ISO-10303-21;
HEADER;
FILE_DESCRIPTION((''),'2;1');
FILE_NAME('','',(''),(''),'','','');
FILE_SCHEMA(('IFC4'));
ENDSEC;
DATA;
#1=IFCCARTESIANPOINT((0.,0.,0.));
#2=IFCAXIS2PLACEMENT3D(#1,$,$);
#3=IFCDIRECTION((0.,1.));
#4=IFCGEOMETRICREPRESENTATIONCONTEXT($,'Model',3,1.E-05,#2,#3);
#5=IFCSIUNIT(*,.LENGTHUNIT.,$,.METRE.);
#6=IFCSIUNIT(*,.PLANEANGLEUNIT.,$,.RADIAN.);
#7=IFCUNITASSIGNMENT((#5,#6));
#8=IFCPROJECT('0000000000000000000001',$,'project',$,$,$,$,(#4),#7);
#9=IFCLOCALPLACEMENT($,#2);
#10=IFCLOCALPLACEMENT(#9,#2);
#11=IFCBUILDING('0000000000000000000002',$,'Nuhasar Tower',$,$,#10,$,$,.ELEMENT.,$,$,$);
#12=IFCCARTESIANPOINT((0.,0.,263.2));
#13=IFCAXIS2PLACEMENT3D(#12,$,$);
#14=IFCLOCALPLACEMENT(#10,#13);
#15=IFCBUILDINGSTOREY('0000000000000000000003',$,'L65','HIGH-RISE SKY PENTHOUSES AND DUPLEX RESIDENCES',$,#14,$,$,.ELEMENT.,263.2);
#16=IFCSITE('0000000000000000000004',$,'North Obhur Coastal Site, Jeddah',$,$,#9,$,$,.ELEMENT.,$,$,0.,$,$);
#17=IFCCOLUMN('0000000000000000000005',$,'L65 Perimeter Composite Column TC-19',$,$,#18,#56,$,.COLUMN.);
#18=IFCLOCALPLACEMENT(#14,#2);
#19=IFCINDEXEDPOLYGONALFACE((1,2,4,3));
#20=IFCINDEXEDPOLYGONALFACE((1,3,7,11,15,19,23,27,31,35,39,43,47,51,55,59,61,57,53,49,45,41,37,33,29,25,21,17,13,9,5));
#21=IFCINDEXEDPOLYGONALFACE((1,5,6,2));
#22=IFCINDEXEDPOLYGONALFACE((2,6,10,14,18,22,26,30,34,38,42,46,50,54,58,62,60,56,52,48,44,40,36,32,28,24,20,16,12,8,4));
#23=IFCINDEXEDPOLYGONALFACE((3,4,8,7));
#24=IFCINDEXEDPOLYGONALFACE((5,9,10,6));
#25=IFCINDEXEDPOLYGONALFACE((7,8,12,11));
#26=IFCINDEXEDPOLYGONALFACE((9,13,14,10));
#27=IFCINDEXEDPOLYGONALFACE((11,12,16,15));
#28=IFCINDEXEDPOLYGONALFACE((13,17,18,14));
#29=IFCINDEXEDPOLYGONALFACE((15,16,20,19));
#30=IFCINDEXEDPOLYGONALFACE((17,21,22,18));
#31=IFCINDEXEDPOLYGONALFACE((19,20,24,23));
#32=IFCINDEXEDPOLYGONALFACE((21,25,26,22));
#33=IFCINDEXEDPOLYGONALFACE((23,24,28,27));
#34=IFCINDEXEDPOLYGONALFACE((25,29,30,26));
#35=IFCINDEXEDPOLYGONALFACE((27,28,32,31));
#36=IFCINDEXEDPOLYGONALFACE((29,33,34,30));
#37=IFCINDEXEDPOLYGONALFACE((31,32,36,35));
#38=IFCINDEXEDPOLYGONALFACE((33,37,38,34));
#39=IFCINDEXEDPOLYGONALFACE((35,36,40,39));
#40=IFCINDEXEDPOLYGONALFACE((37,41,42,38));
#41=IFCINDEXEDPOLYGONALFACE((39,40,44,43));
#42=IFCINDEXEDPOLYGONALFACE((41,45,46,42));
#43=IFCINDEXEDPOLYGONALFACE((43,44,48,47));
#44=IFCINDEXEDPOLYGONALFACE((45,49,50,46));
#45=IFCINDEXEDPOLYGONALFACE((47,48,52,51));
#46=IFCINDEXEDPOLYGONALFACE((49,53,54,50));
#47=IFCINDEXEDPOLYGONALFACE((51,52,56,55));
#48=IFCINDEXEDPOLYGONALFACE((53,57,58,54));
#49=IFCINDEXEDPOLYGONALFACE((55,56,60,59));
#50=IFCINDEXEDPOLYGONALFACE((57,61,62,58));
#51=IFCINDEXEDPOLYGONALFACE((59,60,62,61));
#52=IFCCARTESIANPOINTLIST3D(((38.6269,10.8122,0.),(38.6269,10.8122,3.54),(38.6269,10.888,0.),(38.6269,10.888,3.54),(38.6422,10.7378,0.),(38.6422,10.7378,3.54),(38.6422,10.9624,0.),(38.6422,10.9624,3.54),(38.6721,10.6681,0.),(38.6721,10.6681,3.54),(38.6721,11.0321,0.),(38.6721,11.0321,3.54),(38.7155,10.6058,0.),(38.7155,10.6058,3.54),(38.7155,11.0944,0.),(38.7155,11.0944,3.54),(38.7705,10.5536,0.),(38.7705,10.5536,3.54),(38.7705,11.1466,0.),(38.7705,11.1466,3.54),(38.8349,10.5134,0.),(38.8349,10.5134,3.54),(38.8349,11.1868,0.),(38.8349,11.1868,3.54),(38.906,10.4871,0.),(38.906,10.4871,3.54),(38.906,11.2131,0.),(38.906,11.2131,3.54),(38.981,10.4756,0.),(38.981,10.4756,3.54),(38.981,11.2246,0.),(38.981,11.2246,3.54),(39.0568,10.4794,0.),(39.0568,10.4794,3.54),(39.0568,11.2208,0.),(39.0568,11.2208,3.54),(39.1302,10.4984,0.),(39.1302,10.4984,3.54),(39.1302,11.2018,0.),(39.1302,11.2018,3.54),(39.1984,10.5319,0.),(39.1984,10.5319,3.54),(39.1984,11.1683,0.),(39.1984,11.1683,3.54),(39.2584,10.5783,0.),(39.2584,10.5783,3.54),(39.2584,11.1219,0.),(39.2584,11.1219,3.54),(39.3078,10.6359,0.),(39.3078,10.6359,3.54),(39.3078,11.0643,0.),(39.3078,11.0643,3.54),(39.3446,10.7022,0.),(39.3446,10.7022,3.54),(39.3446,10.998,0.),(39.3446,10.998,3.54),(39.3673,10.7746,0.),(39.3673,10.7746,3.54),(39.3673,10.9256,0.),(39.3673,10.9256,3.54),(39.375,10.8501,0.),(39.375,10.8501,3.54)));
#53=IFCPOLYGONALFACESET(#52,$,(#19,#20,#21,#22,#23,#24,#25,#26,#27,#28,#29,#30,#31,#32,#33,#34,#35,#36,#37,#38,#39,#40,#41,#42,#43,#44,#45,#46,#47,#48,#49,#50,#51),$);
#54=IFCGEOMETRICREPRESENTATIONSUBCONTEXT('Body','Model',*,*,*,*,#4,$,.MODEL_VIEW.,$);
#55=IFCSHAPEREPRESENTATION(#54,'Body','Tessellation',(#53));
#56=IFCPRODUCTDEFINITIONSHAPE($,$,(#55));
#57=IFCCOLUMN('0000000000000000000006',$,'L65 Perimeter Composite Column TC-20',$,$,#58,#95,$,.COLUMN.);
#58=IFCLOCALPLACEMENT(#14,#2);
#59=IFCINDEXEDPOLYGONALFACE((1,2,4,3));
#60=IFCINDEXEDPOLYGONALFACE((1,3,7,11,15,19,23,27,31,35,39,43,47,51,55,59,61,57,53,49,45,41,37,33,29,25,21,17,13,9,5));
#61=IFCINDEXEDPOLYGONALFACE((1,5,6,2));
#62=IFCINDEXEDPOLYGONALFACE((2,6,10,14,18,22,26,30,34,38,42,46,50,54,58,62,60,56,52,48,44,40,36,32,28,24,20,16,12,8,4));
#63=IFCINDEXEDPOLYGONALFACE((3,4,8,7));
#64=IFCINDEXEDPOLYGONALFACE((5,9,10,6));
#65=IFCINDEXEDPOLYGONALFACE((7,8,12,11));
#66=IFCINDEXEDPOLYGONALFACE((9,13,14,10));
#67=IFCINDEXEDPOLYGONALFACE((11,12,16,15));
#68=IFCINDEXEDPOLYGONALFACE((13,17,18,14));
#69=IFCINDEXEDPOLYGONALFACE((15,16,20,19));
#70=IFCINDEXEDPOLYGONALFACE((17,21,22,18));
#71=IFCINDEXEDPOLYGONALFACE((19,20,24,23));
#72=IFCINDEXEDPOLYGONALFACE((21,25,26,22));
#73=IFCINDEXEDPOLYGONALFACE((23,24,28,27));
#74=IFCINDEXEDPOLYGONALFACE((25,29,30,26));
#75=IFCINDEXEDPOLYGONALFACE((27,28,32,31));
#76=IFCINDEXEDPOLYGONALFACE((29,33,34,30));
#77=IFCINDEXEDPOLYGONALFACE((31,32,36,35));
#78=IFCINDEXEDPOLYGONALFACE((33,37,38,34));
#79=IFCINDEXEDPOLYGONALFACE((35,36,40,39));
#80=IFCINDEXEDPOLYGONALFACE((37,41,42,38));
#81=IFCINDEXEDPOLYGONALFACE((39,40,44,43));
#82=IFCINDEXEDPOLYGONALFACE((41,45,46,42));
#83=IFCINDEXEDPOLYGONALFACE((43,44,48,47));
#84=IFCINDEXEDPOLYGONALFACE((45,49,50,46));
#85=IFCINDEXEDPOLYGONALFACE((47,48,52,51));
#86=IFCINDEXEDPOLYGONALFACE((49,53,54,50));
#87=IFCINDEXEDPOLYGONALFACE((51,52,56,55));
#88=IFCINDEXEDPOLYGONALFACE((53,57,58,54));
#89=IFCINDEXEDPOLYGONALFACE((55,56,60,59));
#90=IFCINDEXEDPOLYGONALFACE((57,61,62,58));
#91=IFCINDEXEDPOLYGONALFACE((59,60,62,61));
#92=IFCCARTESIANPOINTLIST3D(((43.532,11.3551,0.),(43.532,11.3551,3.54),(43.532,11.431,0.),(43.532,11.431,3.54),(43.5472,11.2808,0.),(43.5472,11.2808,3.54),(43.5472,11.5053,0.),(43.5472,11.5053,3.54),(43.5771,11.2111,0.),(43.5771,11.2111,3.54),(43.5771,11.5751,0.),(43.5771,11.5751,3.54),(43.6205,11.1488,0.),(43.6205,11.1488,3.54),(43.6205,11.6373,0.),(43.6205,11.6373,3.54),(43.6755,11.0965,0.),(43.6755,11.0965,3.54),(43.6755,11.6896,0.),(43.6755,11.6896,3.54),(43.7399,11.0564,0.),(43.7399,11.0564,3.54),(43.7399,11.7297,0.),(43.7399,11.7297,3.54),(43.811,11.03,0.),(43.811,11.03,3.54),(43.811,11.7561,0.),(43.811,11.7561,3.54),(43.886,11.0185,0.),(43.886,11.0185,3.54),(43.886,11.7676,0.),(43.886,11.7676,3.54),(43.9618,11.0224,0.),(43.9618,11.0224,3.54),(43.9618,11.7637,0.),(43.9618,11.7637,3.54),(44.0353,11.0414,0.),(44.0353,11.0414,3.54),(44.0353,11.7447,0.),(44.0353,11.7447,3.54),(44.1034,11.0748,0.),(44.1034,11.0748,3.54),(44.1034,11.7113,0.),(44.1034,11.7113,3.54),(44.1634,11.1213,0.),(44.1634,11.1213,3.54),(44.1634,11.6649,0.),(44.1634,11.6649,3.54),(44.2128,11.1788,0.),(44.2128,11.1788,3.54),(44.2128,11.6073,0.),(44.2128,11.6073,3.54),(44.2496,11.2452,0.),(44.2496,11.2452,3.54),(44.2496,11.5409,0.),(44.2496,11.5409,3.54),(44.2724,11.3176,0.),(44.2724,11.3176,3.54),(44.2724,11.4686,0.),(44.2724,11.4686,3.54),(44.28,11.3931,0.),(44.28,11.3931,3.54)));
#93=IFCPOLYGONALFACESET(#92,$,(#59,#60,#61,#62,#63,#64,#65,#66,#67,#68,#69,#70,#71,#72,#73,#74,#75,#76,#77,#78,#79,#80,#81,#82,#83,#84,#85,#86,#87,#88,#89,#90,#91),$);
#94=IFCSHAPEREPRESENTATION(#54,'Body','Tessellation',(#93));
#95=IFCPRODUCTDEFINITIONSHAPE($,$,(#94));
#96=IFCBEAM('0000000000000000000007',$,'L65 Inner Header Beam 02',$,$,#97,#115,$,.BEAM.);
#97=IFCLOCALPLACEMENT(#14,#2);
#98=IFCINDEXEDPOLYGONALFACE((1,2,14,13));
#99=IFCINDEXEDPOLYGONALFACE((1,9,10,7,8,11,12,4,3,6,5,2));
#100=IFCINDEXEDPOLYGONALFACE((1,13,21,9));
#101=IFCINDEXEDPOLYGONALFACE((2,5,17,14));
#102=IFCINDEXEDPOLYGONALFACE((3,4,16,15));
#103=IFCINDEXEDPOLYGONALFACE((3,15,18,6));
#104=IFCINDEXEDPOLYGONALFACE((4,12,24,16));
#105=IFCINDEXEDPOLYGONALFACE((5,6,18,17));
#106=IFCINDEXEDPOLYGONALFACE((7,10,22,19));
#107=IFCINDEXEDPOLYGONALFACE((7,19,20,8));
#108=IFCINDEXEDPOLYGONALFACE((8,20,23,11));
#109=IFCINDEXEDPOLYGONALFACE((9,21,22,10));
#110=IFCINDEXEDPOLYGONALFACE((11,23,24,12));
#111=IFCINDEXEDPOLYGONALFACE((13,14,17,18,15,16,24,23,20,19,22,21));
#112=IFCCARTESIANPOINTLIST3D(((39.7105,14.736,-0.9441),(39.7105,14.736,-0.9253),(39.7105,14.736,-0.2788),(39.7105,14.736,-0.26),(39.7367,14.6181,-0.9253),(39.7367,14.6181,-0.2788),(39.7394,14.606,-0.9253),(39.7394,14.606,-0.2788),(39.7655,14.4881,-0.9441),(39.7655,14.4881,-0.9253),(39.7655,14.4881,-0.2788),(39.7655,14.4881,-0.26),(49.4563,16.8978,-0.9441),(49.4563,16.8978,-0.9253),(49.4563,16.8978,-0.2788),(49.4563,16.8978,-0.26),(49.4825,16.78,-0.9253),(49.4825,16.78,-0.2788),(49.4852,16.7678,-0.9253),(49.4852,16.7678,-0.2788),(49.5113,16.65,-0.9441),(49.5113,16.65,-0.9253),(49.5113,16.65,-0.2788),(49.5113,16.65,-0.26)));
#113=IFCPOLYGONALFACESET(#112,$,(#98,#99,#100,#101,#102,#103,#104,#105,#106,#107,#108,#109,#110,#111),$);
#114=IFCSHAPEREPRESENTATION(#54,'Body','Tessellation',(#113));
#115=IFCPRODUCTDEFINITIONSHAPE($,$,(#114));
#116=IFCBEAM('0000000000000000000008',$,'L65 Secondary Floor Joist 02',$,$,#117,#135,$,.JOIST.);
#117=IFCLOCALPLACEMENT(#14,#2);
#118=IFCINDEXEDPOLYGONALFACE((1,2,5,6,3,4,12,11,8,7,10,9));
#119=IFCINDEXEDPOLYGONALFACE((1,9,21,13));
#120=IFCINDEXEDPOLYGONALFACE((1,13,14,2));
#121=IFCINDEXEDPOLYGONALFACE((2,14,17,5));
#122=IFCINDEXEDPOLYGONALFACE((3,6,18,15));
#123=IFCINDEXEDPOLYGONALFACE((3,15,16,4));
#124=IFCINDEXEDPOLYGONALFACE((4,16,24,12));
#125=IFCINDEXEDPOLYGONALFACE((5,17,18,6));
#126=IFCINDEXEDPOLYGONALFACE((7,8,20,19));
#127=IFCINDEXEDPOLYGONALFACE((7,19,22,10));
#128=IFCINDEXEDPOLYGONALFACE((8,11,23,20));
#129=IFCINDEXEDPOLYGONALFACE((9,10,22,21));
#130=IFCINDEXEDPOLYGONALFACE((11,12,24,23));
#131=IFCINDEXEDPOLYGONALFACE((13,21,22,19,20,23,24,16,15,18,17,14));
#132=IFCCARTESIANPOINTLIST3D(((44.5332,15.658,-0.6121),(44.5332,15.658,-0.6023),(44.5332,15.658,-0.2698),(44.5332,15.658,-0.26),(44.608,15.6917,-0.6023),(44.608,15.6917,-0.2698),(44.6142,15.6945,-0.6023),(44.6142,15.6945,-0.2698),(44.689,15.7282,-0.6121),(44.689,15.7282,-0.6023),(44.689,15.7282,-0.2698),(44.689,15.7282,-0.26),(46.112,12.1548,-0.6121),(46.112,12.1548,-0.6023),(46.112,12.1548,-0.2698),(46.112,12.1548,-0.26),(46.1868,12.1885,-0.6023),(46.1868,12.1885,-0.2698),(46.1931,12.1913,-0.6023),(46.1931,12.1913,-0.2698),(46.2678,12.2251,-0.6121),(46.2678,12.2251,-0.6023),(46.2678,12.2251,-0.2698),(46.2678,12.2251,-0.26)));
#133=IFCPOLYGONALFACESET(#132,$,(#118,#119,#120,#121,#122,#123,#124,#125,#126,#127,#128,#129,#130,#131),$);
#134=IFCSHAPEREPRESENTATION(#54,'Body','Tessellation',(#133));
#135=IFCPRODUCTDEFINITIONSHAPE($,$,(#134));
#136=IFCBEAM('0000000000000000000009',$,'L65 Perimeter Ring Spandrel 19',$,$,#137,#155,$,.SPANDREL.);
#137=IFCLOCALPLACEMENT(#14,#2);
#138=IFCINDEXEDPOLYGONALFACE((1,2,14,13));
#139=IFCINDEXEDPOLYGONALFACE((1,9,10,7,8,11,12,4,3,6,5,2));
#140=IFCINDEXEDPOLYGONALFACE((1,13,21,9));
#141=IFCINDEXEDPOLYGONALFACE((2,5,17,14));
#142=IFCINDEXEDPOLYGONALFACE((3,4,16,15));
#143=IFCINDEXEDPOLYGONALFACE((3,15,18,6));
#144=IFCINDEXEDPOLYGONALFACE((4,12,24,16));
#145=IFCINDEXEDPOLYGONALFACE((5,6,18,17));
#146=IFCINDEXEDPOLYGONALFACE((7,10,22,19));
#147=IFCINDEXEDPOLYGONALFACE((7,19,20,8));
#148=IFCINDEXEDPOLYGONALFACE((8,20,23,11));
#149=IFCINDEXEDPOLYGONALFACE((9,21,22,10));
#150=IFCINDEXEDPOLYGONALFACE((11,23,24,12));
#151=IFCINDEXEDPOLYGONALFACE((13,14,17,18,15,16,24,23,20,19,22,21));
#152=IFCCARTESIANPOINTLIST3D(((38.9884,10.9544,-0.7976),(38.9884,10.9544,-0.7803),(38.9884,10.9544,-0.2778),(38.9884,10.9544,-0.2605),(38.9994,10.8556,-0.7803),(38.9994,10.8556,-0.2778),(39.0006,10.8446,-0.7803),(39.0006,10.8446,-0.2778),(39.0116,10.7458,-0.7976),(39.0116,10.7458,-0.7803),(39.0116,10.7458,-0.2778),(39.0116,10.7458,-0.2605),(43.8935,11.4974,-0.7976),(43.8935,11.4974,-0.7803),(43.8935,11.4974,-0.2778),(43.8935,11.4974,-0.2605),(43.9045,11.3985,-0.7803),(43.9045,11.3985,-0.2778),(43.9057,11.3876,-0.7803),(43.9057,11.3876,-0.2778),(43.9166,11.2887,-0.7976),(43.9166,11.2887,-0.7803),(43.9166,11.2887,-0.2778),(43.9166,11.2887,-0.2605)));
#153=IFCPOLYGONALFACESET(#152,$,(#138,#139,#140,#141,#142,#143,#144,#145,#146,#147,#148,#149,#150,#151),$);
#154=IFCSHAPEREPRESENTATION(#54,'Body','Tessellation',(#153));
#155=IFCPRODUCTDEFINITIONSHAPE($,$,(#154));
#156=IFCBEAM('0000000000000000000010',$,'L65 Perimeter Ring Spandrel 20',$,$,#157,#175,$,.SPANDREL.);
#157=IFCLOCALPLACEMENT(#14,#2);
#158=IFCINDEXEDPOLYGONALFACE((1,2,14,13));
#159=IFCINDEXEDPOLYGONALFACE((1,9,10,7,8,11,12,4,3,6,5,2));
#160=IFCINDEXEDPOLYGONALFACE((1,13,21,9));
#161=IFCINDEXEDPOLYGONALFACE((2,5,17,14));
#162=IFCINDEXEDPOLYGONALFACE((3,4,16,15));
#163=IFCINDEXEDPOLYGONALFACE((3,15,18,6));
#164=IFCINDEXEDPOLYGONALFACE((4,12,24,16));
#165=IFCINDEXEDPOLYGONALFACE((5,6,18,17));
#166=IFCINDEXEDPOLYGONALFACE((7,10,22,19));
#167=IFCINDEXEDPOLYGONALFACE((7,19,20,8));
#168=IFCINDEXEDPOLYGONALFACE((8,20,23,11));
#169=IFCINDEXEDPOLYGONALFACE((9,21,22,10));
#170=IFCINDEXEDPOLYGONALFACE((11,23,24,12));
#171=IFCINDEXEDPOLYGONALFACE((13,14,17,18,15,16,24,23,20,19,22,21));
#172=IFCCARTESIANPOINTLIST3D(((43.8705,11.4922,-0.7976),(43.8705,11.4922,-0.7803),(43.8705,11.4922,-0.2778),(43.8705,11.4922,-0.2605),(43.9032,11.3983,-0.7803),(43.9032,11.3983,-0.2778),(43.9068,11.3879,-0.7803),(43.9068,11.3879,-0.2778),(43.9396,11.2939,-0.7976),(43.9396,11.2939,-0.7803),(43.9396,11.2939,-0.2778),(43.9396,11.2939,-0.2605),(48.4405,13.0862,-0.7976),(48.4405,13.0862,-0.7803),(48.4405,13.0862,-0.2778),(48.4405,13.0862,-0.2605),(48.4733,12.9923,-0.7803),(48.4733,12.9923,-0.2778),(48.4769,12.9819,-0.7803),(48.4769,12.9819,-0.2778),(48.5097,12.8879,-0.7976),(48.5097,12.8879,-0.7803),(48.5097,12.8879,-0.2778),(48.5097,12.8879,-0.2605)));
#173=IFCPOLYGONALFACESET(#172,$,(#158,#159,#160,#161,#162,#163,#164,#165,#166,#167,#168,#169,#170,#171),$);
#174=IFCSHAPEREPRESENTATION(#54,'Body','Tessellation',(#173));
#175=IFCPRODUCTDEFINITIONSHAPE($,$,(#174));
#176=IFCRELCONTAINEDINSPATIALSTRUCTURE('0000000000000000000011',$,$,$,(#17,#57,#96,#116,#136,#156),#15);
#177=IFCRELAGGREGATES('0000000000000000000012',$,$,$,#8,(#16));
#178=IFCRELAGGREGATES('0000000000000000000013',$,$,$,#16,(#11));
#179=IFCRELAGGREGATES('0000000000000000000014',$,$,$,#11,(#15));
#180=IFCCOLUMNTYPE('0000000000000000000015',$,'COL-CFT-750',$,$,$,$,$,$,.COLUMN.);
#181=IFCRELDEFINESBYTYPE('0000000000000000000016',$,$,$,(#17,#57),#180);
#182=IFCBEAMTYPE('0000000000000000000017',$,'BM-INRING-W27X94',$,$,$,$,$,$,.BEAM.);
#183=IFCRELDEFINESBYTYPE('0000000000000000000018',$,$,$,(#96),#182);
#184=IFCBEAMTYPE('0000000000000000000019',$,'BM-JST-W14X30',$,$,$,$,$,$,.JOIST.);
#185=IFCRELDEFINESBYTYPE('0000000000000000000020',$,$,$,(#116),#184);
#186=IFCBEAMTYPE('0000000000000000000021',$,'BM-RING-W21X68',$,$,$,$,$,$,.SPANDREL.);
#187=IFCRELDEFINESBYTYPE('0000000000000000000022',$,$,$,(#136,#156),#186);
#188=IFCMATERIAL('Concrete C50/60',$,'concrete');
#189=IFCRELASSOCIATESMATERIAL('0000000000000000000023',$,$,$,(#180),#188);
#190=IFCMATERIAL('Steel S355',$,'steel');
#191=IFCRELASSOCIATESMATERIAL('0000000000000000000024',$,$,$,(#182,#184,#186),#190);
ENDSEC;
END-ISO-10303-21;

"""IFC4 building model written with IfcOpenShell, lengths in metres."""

from ifc_helpers import new_model, si_unit, direction, frame, origin, origin_2d, place, context, subcontext, project, spatial, circle, i_section, extrude, material, material_profile, profile_set, type_object, element, save


model = new_model("IFC4")

# Units and contexts
model_context = context("Model", 3, precision=1e-05, world=origin(), true_north=direction((0.0, 1.0)))
body_context = subcontext(model_context, "Body", "Model", "MODEL_VIEW")
ifc_project = project(units=[si_unit("LENGTHUNIT", "METRE"), si_unit("PLANEANGLEUNIT", "RADIAN")], contexts=[model_context])

# Site, building, storey
site_placement = place(None, origin())
site = spatial("IfcSite", under=ifc_project, at=site_placement, Name="North Obhur Coastal Site, Jeddah", CompositionType="ELEMENT", RefElevation=0.0)
building_placement = place(site_placement, origin())
building = spatial("IfcBuilding", under=site, at=building_placement, Name="Nuhasar Tower", CompositionType="ELEMENT")
storey_placement = place(building_placement, frame((0.0, 0.0, 263.2)))
storey = spatial("IfcBuildingStorey", under=building, at=storey_placement, Name="L65", Description="HIGH-RISE SKY PENTHOUSES AND DUPLEX RESIDENCES", CompositionType="ELEMENT", Elevation=263.2)

# Columns
ifc_material_1 = material(Name="Concrete C50/60", Category="concrete")
ifc_material_profile_1 = material_profile(ifc_material_1, circle(Radius=0.375, at=origin_2d()), Name="CFT750")
ifc_profile_set_1 = profile_set([ifc_material_profile_1], Name="Concrete C50/60")
column_type = type_object("IfcColumnType", Name="COL-CFT-750", PredefinedType="COLUMN", material=ifc_profile_set_1)
for number, where, z_axis, x_axis, name in (
    (1, (39.0, 10.8501, 0.0), (0.0, 0.0, 1.0), (1.0, 0.0, 0.0), "L65 Perimeter Composite Column TC-19"),
    (2, (43.905, 11.3931, 0.0), (0.0, 0.0, 1.0), (1.0, 0.0, 0.0), "L65 Perimeter Composite Column TC-20"),
):
    element("IfcColumn", number, at=place(storey_placement, frame(where, z_axis=z_axis, x_axis=x_axis)), inside=storey, type_object=column_type, Name=name, PredefinedType="COLUMN", context=body_context, shape_type="SweptSolid", body=[
        extrude(circle(Radius=0.375, at=origin_2d()), origin(), (0.0, 0.0, 1.0), 3.54),
    ])

# Beams
ifc_material_2 = material(Name="Steel S355", Category="steel")
ifc_material_profile_2 = material_profile(ifc_material_2, i_section(OverallWidth=0.2539, OverallDepth=0.6841, WebThickness=0.0125, FlangeThickness=0.0188, at=origin_2d()), Name="W27X94")
ifc_profile_set_2 = profile_set([ifc_material_profile_2], Name="Steel S355")
beam_type_1 = type_object("IfcBeamType", Name="BM-INRING-W27X94", PredefinedType="BEAM", material=ifc_profile_set_2)
beam_1_placement = place(storey_placement, frame((39.738, 14.6121, -0.6021), z_axis=(0.976269, 0.21656, 0.0), x_axis=(-0.21656, 0.976269, 0.0)))
element("IfcBeam", 3, at=beam_1_placement, inside=storey, type_object=beam_type_1, Name="L65 Inner Header Beam 02", PredefinedType="BEAM", context=body_context, shape_type="SweptSolid", body=[
    extrude(i_section(OverallWidth=0.2539, OverallDepth=0.6841, WebThickness=0.0125, FlangeThickness=0.0188, at=origin_2d()), origin(), (0.0, 0.0, 1.0), 9.9827),
])
ifc_material_profile_3 = material_profile(ifc_material_2, i_section(OverallWidth=0.1709, OverallDepth=0.3521, WebThickness=0.0068, FlangeThickness=0.0098, at=origin_2d()), Name="W14X30")
ifc_profile_set_3 = profile_set([ifc_material_profile_3], Name="Steel S355")
beam_type_2 = type_object("IfcBeamType", Name="BM-JST-W14X30", PredefinedType="JOIST", material=ifc_profile_set_3)
beam_2_placement = place(storey_placement, frame((44.6111, 15.6931, -0.436), z_axis=(0.41089, -0.911685, 0.0), x_axis=(0.911685, 0.41089, 0.0)))
element("IfcBeam", 4, at=beam_2_placement, inside=storey, type_object=beam_type_2, Name="L65 Secondary Floor Joist 02", PredefinedType="JOIST", context=body_context, shape_type="SweptSolid", body=[
    extrude(i_section(OverallWidth=0.1709, OverallDepth=0.3521, WebThickness=0.0068, FlangeThickness=0.0098, at=origin_2d()), origin(), (0.0, 0.0, 1.0), 3.8425),
])
ifc_material_profile_4 = material_profile(ifc_material_2, i_section(OverallWidth=0.21, OverallDepth=0.5371, WebThickness=0.011, FlangeThickness=0.0173, at=origin_2d()), Name="W21X68")
ifc_profile_set_4 = profile_set([ifc_material_profile_4], Name="Steel S355")
beam_type_3 = type_object("IfcBeamType", Name="BM-RING-W21X68", PredefinedType="SPANDREL", material=ifc_profile_set_4)
beam_3_placement = place(storey_placement, frame((39.0, 10.8501, -0.5291), z_axis=(0.993929, 0.110024, 0.0), x_axis=(-0.110024, 0.993929, 0.0)))
element("IfcBeam", 5, at=beam_3_placement, inside=storey, type_object=beam_type_3, Name="L65 Perimeter Ring Spandrel 19", PredefinedType="SPANDREL", context=body_context, shape_type="SweptSolid", body=[
    extrude(i_section(OverallWidth=0.21, OverallDepth=0.5371, WebThickness=0.011, FlangeThickness=0.0173, at=origin_2d()), origin(), (0.0, 0.0, 1.0), 4.9351),
])
beam_4_placement = place(storey_placement, frame((43.905, 11.3931, -0.5291), z_axis=(0.944214, 0.329332, 0.0), x_axis=(-0.329332, 0.944214, 0.0)))
element("IfcBeam", 6, at=beam_4_placement, inside=storey, type_object=beam_type_3, Name="L65 Perimeter Ring Spandrel 20", PredefinedType="SPANDREL", context=body_context, shape_type="SweptSolid", body=[
    extrude(i_section(OverallWidth=0.21, OverallDepth=0.5371, WebThickness=0.011, FlangeThickness=0.0173, at=origin_2d()), origin(), (0.0, 0.0, 1.0), 4.8401),
])

save(model, "model.ifc")
